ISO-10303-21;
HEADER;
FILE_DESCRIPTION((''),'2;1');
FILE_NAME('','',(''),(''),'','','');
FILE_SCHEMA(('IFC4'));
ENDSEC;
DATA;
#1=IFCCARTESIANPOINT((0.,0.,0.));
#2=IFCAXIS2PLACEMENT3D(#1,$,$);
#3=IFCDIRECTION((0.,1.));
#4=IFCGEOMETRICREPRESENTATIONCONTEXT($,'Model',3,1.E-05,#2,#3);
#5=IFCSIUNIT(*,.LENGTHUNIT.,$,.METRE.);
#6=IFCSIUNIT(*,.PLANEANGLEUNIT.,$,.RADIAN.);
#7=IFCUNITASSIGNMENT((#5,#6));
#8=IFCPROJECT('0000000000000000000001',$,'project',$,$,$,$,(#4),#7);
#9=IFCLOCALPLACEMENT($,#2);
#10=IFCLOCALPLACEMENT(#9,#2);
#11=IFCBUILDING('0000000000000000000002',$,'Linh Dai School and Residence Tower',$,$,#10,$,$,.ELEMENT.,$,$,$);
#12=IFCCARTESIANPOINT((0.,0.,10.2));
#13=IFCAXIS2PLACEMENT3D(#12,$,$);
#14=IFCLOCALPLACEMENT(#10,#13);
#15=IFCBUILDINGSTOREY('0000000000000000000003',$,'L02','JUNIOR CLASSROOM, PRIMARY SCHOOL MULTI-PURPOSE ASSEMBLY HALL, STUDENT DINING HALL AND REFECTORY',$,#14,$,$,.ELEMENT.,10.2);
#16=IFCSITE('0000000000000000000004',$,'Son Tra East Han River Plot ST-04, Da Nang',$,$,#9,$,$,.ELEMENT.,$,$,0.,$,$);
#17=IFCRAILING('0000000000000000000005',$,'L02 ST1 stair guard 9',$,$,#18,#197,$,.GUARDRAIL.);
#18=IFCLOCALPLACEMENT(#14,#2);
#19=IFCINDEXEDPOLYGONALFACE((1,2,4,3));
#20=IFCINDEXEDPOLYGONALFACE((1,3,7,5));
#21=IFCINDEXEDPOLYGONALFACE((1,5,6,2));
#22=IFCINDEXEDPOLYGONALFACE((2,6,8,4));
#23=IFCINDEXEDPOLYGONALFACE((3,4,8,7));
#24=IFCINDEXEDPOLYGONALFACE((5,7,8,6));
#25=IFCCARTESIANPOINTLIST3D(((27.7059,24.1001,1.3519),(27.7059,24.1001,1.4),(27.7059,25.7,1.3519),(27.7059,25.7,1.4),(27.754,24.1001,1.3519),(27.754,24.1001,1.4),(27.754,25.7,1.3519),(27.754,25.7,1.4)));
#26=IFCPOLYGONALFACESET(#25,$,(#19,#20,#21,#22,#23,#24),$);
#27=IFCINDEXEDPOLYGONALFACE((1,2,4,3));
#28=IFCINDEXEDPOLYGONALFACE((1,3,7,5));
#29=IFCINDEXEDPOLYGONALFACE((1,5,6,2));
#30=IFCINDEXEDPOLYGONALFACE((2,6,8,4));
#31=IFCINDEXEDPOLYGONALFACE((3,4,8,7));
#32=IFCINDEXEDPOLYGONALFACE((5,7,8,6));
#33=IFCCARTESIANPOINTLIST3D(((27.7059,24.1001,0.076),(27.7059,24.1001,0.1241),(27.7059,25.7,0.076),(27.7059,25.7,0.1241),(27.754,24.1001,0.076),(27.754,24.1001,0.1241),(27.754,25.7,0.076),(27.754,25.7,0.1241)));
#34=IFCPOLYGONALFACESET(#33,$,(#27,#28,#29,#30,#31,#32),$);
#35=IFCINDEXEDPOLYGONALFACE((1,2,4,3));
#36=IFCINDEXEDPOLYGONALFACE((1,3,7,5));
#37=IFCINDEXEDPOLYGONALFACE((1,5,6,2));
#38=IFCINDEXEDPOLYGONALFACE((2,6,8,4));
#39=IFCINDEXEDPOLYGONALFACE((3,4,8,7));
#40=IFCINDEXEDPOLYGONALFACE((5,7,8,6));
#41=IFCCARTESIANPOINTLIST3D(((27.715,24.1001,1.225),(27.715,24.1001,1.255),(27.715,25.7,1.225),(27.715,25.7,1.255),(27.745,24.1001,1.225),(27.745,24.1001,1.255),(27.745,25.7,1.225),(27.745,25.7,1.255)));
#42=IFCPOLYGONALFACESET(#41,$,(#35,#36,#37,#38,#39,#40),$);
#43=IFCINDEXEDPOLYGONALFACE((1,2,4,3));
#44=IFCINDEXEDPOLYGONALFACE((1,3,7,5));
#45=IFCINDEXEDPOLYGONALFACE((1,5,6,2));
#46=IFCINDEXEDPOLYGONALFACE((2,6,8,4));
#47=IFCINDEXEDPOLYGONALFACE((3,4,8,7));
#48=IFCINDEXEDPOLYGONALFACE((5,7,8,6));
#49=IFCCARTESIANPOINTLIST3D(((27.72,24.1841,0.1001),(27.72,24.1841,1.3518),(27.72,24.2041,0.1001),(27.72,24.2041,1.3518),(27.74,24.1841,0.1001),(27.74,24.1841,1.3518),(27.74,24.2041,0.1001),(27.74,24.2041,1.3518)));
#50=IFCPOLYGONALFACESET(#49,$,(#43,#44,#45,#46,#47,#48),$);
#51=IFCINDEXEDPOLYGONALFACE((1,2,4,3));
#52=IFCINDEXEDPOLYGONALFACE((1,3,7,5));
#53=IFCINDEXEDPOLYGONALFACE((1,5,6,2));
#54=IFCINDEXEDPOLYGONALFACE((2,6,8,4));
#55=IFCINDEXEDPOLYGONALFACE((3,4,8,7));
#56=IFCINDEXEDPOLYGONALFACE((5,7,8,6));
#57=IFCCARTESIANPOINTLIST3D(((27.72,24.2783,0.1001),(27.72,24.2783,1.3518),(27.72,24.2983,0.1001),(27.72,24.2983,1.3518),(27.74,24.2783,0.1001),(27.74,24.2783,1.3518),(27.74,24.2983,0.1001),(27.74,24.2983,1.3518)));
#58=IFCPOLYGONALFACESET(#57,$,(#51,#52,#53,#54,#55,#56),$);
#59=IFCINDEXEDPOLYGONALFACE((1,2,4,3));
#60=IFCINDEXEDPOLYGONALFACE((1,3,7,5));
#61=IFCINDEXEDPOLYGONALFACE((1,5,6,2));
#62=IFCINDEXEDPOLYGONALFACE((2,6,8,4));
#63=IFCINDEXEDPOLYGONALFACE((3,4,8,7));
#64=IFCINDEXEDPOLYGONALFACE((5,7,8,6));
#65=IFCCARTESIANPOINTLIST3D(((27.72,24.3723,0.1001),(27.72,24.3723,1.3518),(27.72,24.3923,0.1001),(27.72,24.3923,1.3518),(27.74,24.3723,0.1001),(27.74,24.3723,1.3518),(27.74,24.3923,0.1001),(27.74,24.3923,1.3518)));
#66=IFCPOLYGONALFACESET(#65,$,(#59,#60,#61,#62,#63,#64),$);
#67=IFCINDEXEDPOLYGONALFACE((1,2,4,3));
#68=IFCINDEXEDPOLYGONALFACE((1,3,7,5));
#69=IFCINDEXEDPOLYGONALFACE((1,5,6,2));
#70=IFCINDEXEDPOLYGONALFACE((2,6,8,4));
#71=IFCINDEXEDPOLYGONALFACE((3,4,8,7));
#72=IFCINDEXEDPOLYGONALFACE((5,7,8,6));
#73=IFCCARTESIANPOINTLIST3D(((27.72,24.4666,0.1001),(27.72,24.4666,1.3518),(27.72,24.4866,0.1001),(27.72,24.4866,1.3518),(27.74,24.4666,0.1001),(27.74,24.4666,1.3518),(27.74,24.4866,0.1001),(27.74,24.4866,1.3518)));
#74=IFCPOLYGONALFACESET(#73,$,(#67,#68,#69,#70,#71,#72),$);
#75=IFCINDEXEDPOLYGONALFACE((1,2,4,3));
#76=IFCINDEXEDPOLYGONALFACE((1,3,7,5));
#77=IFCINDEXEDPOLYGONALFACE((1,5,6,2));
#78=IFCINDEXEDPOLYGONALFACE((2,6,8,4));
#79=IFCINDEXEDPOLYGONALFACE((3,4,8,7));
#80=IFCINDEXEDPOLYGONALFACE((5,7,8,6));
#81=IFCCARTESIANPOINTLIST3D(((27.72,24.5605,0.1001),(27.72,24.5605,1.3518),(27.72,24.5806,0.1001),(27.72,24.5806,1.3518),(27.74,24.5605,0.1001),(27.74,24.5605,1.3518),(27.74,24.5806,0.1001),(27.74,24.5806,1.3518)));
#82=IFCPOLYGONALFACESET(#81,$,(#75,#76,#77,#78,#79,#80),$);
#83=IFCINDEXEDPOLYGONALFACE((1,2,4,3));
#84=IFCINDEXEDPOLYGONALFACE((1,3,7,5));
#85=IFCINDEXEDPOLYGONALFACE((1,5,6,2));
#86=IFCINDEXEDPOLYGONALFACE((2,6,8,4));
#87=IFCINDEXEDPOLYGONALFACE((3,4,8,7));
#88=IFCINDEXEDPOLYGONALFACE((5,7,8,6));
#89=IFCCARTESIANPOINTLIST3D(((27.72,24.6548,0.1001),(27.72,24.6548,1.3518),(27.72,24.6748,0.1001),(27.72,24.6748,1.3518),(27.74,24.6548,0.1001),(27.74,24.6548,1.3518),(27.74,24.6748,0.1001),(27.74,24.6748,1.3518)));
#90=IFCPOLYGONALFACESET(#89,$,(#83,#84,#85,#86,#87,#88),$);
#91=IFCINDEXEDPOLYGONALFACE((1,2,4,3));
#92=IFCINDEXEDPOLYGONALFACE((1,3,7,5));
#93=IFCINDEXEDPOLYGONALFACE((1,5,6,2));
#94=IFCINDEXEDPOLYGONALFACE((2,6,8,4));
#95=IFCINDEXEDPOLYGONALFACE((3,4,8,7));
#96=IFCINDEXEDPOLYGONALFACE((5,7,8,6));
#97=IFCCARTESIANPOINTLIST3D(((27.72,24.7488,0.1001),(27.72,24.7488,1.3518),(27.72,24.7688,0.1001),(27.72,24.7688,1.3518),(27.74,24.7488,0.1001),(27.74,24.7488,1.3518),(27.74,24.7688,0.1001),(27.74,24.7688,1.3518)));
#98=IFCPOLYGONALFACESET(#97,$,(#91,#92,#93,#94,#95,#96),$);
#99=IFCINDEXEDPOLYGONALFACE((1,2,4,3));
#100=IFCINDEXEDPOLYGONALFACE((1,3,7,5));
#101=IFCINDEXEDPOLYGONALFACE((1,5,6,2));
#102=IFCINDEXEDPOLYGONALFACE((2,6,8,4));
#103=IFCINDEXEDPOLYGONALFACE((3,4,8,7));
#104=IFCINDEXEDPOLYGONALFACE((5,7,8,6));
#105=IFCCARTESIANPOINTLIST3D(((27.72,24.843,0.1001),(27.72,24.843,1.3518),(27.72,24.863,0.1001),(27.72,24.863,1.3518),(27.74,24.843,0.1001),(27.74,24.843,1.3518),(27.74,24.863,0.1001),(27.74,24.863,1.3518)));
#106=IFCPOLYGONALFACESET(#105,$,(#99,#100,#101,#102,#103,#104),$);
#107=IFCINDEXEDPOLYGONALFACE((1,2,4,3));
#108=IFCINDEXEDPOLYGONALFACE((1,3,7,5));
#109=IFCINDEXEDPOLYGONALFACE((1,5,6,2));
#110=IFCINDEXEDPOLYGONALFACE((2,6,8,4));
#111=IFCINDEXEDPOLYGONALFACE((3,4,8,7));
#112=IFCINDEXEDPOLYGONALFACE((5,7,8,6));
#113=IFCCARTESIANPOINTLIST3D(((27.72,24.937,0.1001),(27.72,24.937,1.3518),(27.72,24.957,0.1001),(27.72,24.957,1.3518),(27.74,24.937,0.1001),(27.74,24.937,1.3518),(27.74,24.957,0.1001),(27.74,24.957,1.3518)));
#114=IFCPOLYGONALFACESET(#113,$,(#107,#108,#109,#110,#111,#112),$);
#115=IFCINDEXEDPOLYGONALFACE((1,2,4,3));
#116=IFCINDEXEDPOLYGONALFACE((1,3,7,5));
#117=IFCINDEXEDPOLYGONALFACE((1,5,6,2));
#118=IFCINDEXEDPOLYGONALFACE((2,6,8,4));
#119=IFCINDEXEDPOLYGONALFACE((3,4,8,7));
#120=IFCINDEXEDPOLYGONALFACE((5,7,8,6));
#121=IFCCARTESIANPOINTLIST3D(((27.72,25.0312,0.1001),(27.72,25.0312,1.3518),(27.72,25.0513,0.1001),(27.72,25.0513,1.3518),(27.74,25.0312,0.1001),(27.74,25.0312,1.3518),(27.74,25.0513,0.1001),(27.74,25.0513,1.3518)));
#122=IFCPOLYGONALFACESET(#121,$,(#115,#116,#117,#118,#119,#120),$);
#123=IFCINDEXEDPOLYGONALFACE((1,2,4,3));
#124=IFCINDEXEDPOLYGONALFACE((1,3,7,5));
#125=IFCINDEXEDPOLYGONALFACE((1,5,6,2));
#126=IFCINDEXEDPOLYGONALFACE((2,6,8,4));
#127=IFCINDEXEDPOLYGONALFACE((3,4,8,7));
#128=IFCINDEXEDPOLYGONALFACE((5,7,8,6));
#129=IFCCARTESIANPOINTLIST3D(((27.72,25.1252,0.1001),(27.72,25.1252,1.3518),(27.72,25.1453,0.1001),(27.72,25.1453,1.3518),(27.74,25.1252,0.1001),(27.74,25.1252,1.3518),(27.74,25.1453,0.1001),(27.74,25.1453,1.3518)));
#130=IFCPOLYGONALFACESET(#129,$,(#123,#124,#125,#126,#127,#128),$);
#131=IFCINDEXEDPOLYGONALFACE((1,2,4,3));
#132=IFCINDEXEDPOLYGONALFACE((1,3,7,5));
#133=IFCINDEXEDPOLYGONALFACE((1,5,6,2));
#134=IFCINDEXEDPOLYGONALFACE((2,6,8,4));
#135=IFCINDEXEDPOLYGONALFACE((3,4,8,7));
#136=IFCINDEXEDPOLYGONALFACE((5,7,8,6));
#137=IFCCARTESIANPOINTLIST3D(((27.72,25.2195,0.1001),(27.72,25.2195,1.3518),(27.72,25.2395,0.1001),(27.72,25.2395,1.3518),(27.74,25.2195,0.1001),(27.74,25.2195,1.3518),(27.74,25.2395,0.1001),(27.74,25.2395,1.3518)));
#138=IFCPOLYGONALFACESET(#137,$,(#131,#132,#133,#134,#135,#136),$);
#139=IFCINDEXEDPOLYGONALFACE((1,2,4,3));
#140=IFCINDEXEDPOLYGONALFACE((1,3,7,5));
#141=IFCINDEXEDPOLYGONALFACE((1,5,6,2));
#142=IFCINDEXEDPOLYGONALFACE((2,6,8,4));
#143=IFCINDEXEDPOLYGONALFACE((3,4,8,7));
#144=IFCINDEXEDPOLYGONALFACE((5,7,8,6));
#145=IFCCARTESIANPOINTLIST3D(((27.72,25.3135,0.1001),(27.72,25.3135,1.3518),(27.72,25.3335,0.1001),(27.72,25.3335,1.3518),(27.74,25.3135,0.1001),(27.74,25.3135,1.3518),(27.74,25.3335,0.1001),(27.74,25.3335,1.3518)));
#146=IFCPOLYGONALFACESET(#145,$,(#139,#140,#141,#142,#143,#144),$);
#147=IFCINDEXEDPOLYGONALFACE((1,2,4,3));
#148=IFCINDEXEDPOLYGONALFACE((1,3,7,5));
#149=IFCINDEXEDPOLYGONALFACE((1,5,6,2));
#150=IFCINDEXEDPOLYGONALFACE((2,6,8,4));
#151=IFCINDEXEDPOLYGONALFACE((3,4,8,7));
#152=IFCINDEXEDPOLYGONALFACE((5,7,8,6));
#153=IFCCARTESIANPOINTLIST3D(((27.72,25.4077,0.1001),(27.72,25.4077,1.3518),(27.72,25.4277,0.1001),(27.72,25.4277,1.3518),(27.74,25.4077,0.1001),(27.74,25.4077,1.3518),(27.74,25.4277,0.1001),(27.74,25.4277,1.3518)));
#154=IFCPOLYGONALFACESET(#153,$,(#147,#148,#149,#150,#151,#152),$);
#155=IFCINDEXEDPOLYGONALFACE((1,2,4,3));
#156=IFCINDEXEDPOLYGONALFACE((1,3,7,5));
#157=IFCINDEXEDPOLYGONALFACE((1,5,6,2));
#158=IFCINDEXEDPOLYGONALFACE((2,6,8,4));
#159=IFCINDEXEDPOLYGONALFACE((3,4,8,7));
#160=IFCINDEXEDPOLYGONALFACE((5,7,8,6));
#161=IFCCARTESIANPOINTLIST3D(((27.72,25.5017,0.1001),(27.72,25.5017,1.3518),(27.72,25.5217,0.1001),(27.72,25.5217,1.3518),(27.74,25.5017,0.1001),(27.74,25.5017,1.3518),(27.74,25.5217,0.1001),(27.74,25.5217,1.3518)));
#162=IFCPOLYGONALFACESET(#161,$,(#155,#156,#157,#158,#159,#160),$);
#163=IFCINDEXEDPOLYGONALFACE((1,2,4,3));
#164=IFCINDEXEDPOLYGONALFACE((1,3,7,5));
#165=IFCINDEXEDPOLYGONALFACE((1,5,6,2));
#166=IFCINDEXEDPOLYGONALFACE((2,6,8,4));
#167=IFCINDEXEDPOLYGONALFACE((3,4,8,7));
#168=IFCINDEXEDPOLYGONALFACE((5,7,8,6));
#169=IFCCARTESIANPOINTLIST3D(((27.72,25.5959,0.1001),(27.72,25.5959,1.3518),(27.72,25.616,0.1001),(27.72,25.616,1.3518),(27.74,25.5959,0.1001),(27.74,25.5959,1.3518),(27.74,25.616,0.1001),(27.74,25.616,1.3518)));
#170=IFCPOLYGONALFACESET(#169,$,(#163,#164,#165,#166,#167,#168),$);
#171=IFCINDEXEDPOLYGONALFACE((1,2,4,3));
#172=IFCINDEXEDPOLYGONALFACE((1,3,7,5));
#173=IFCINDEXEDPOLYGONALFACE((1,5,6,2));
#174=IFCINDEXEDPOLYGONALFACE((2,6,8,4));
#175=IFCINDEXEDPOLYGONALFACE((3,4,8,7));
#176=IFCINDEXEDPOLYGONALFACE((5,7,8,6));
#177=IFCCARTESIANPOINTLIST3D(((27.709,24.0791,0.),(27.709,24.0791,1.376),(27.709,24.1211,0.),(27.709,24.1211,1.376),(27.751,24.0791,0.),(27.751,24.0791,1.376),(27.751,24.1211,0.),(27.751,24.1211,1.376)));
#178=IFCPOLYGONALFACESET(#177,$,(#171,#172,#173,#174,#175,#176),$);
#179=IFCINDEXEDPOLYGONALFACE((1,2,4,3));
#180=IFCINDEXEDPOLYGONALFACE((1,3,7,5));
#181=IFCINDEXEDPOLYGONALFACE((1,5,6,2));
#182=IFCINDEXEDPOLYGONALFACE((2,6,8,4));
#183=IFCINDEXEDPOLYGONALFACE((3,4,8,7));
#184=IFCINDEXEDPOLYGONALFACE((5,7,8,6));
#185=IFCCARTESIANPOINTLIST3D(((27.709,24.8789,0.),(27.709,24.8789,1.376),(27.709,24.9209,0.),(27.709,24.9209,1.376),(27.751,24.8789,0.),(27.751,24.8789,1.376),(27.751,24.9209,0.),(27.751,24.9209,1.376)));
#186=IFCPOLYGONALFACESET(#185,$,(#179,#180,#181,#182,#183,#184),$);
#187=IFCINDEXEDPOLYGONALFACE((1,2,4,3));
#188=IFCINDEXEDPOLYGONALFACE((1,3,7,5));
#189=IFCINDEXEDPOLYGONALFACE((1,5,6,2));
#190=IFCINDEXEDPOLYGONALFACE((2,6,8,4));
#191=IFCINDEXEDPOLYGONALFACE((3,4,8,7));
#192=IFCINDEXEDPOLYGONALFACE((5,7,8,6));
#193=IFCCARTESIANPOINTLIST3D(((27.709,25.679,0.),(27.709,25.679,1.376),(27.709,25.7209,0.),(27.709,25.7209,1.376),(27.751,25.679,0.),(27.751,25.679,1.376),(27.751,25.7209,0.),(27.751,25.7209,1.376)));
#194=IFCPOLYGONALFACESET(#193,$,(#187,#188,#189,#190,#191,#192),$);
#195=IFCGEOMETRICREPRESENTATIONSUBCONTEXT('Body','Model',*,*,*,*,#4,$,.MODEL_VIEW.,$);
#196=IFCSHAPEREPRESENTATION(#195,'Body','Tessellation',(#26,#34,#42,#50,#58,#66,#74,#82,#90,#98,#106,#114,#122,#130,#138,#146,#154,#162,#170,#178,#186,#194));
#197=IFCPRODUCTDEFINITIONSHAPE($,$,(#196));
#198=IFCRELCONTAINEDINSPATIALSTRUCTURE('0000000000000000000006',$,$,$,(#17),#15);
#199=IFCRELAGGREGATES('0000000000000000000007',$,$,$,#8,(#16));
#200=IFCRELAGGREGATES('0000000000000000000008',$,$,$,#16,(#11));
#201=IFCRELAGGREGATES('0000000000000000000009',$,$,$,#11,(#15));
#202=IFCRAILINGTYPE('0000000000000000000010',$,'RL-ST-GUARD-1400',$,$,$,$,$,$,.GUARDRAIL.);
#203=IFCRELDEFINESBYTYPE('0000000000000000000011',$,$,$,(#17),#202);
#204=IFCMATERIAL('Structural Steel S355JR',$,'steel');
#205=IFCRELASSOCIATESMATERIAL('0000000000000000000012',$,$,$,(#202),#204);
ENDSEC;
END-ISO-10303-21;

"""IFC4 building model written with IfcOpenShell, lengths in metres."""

from ifc_helpers import new_model, si_unit, direction, frame, origin, origin_2d, place, context, subcontext, project, spatial, rectangle, extrude, source, transform, mapped, material, type_object, element, save


model = new_model("IFC4")

# Units and contexts
model_context = context("Model", 3, precision=1e-05, world=origin(), true_north=direction((0.0, 1.0)))
body_context = subcontext(model_context, "Body", "Model", "MODEL_VIEW")
ifc_project = project(units=[si_unit("LENGTHUNIT", "METRE"), si_unit("PLANEANGLEUNIT", "RADIAN")], contexts=[model_context])

# Site, building, storey
site_placement = place(None, origin())
site = spatial("IfcSite", under=ifc_project, at=site_placement, Name="Son Tra East Han River Plot ST-04, Da Nang", CompositionType="ELEMENT", RefElevation=0.0)
building_placement = place(site_placement, origin())
building = spatial("IfcBuilding", under=site, at=building_placement, Name="Linh Dai School and Residence Tower", CompositionType="ELEMENT")
storey_placement = place(building_placement, frame((0.0, 0.0, 10.2)))
storey = spatial("IfcBuildingStorey", under=building, at=storey_placement, Name="L02", Description="JUNIOR CLASSROOM, PRIMARY SCHOOL MULTI-PURPOSE ASSEMBLY HALL, STUDENT DINING HALL AND REFECTORY", CompositionType="ELEMENT", Elevation=10.2)

# Shared definitions
ifc_material_1 = material(Name="Structural Steel S355JR", Category="steel")

# Railing
railing_type_1 = type_object("IfcRailingType", Name="RL-ST-GUARD-1400", PredefinedType="GUARDRAIL", material=ifc_material_1)
shared_shape_1 = source(origin(), body_context, "Body", "SweptSolid", [
    extrude(rectangle(XDim=0.0481, YDim=0.0481, at=origin_2d()), frame((0.0, 0.0, 1.376), z_axis=(0.0, 1.0, 0.0), x_axis=(-1.0, 0.0, 0.0)), (0.0, 0.0, 1.0), 1.5999),
    extrude(rectangle(XDim=0.0481, YDim=0.0481, at=origin_2d()), frame((0.0, 0.0, 0.1001), z_axis=(0.0, 1.0, 0.0), x_axis=(-1.0, 0.0, 0.0)), (0.0, 0.0, 1.0), 1.5999),
    extrude(rectangle(XDim=0.03, YDim=0.03, at=origin_2d()), frame((0.0, 0.0, 1.24), z_axis=(0.0, 1.0, 0.0), x_axis=(-1.0, 0.0, 0.0)), (0.0, 0.0, 1.0), 1.5999),
    extrude(rectangle(XDim=0.02, YDim=0.02, at=origin_2d()), frame((0.0, 0.094, 0.1001)), (0.0, 0.0, 1.0), 1.2517),
    extrude(rectangle(XDim=0.02, YDim=0.02, at=origin_2d()), frame((0.0, 0.1882, 0.1001)), (0.0, 0.0, 1.0), 1.2517),
    extrude(rectangle(XDim=0.02, YDim=0.02, at=origin_2d()), frame((0.0, 0.2822, 0.1001)), (0.0, 0.0, 1.0), 1.2517),
    extrude(rectangle(XDim=0.02, YDim=0.02, at=origin_2d()), frame((0.0, 0.3765, 0.1001)), (0.0, 0.0, 1.0), 1.2517),
    extrude(rectangle(XDim=0.02, YDim=0.02, at=origin_2d()), frame((0.0, 0.4705, 0.1001)), (0.0, 0.0, 1.0), 1.2517),
    extrude(rectangle(XDim=0.02, YDim=0.02, at=origin_2d()), frame((0.0, 0.5647, 0.1001)), (0.0, 0.0, 1.0), 1.2517),
    extrude(rectangle(XDim=0.02, YDim=0.02, at=origin_2d()), frame((0.0, 0.6587, 0.1001)), (0.0, 0.0, 1.0), 1.2517),
    extrude(rectangle(XDim=0.02, YDim=0.02, at=origin_2d()), frame((0.0, 0.7529, 0.1001)), (0.0, 0.0, 1.0), 1.2517),
    extrude(rectangle(XDim=0.02, YDim=0.02, at=origin_2d()), frame((0.0, 0.8469, 0.1001)), (0.0, 0.0, 1.0), 1.2517),
    extrude(rectangle(XDim=0.02, YDim=0.02, at=origin_2d()), frame((0.0, 0.9412, 0.1001)), (0.0, 0.0, 1.0), 1.2517),
    extrude(rectangle(XDim=0.02, YDim=0.02, at=origin_2d()), frame((0.0, 1.0352, 0.1001)), (0.0, 0.0, 1.0), 1.2517),
    extrude(rectangle(XDim=0.02, YDim=0.02, at=origin_2d()), frame((0.0, 1.1294, 0.1001)), (0.0, 0.0, 1.0), 1.2517),
    extrude(rectangle(XDim=0.02, YDim=0.02, at=origin_2d()), frame((0.0, 1.2234, 0.1001)), (0.0, 0.0, 1.0), 1.2517),
    extrude(rectangle(XDim=0.02, YDim=0.02, at=origin_2d()), frame((0.0, 1.3176, 0.1001)), (0.0, 0.0, 1.0), 1.2517),
    extrude(rectangle(XDim=0.02, YDim=0.02, at=origin_2d()), frame((0.0, 1.4116, 0.1001)), (0.0, 0.0, 1.0), 1.2517),
    extrude(rectangle(XDim=0.02, YDim=0.02, at=origin_2d()), frame((0.0, 1.5059, 0.1001)), (0.0, 0.0, 1.0), 1.2517),
    extrude(rectangle(XDim=0.042, YDim=0.042, at=origin_2d()), origin(), (0.0, 0.0, 1.0), 1.376),
    extrude(rectangle(XDim=0.042, YDim=0.042, at=origin_2d()), frame((0.0, 0.7998, 0.0)), (0.0, 0.0, 1.0), 1.376),
    extrude(rectangle(XDim=0.042, YDim=0.042, at=origin_2d()), frame((0.0, 1.5999, 0.0)), (0.0, 0.0, 1.0), 1.376),
])
for number, where, name in (
    (1, (27.73, 24.1001, 0.0), "L02 ST1 stair guard 9"),
):
    element("IfcRailing", number, at=place(storey_placement, frame(where)), inside=storey, type_object=railing_type_1, Name=name, PredefinedType="GUARDRAIL", context=body_context, shape_type="MappedRepresentation", body=[
        mapped(shared_shape_1, transform((0.0, 0.0, 0.0), x_axis=(1.0, 0.0, 0.0), y_axis=(0.0, 1.0, 0.0), z_axis=(0.0, 0.0, 1.0), scale=1.0)),
    ])

save(model, "model.ifc")
